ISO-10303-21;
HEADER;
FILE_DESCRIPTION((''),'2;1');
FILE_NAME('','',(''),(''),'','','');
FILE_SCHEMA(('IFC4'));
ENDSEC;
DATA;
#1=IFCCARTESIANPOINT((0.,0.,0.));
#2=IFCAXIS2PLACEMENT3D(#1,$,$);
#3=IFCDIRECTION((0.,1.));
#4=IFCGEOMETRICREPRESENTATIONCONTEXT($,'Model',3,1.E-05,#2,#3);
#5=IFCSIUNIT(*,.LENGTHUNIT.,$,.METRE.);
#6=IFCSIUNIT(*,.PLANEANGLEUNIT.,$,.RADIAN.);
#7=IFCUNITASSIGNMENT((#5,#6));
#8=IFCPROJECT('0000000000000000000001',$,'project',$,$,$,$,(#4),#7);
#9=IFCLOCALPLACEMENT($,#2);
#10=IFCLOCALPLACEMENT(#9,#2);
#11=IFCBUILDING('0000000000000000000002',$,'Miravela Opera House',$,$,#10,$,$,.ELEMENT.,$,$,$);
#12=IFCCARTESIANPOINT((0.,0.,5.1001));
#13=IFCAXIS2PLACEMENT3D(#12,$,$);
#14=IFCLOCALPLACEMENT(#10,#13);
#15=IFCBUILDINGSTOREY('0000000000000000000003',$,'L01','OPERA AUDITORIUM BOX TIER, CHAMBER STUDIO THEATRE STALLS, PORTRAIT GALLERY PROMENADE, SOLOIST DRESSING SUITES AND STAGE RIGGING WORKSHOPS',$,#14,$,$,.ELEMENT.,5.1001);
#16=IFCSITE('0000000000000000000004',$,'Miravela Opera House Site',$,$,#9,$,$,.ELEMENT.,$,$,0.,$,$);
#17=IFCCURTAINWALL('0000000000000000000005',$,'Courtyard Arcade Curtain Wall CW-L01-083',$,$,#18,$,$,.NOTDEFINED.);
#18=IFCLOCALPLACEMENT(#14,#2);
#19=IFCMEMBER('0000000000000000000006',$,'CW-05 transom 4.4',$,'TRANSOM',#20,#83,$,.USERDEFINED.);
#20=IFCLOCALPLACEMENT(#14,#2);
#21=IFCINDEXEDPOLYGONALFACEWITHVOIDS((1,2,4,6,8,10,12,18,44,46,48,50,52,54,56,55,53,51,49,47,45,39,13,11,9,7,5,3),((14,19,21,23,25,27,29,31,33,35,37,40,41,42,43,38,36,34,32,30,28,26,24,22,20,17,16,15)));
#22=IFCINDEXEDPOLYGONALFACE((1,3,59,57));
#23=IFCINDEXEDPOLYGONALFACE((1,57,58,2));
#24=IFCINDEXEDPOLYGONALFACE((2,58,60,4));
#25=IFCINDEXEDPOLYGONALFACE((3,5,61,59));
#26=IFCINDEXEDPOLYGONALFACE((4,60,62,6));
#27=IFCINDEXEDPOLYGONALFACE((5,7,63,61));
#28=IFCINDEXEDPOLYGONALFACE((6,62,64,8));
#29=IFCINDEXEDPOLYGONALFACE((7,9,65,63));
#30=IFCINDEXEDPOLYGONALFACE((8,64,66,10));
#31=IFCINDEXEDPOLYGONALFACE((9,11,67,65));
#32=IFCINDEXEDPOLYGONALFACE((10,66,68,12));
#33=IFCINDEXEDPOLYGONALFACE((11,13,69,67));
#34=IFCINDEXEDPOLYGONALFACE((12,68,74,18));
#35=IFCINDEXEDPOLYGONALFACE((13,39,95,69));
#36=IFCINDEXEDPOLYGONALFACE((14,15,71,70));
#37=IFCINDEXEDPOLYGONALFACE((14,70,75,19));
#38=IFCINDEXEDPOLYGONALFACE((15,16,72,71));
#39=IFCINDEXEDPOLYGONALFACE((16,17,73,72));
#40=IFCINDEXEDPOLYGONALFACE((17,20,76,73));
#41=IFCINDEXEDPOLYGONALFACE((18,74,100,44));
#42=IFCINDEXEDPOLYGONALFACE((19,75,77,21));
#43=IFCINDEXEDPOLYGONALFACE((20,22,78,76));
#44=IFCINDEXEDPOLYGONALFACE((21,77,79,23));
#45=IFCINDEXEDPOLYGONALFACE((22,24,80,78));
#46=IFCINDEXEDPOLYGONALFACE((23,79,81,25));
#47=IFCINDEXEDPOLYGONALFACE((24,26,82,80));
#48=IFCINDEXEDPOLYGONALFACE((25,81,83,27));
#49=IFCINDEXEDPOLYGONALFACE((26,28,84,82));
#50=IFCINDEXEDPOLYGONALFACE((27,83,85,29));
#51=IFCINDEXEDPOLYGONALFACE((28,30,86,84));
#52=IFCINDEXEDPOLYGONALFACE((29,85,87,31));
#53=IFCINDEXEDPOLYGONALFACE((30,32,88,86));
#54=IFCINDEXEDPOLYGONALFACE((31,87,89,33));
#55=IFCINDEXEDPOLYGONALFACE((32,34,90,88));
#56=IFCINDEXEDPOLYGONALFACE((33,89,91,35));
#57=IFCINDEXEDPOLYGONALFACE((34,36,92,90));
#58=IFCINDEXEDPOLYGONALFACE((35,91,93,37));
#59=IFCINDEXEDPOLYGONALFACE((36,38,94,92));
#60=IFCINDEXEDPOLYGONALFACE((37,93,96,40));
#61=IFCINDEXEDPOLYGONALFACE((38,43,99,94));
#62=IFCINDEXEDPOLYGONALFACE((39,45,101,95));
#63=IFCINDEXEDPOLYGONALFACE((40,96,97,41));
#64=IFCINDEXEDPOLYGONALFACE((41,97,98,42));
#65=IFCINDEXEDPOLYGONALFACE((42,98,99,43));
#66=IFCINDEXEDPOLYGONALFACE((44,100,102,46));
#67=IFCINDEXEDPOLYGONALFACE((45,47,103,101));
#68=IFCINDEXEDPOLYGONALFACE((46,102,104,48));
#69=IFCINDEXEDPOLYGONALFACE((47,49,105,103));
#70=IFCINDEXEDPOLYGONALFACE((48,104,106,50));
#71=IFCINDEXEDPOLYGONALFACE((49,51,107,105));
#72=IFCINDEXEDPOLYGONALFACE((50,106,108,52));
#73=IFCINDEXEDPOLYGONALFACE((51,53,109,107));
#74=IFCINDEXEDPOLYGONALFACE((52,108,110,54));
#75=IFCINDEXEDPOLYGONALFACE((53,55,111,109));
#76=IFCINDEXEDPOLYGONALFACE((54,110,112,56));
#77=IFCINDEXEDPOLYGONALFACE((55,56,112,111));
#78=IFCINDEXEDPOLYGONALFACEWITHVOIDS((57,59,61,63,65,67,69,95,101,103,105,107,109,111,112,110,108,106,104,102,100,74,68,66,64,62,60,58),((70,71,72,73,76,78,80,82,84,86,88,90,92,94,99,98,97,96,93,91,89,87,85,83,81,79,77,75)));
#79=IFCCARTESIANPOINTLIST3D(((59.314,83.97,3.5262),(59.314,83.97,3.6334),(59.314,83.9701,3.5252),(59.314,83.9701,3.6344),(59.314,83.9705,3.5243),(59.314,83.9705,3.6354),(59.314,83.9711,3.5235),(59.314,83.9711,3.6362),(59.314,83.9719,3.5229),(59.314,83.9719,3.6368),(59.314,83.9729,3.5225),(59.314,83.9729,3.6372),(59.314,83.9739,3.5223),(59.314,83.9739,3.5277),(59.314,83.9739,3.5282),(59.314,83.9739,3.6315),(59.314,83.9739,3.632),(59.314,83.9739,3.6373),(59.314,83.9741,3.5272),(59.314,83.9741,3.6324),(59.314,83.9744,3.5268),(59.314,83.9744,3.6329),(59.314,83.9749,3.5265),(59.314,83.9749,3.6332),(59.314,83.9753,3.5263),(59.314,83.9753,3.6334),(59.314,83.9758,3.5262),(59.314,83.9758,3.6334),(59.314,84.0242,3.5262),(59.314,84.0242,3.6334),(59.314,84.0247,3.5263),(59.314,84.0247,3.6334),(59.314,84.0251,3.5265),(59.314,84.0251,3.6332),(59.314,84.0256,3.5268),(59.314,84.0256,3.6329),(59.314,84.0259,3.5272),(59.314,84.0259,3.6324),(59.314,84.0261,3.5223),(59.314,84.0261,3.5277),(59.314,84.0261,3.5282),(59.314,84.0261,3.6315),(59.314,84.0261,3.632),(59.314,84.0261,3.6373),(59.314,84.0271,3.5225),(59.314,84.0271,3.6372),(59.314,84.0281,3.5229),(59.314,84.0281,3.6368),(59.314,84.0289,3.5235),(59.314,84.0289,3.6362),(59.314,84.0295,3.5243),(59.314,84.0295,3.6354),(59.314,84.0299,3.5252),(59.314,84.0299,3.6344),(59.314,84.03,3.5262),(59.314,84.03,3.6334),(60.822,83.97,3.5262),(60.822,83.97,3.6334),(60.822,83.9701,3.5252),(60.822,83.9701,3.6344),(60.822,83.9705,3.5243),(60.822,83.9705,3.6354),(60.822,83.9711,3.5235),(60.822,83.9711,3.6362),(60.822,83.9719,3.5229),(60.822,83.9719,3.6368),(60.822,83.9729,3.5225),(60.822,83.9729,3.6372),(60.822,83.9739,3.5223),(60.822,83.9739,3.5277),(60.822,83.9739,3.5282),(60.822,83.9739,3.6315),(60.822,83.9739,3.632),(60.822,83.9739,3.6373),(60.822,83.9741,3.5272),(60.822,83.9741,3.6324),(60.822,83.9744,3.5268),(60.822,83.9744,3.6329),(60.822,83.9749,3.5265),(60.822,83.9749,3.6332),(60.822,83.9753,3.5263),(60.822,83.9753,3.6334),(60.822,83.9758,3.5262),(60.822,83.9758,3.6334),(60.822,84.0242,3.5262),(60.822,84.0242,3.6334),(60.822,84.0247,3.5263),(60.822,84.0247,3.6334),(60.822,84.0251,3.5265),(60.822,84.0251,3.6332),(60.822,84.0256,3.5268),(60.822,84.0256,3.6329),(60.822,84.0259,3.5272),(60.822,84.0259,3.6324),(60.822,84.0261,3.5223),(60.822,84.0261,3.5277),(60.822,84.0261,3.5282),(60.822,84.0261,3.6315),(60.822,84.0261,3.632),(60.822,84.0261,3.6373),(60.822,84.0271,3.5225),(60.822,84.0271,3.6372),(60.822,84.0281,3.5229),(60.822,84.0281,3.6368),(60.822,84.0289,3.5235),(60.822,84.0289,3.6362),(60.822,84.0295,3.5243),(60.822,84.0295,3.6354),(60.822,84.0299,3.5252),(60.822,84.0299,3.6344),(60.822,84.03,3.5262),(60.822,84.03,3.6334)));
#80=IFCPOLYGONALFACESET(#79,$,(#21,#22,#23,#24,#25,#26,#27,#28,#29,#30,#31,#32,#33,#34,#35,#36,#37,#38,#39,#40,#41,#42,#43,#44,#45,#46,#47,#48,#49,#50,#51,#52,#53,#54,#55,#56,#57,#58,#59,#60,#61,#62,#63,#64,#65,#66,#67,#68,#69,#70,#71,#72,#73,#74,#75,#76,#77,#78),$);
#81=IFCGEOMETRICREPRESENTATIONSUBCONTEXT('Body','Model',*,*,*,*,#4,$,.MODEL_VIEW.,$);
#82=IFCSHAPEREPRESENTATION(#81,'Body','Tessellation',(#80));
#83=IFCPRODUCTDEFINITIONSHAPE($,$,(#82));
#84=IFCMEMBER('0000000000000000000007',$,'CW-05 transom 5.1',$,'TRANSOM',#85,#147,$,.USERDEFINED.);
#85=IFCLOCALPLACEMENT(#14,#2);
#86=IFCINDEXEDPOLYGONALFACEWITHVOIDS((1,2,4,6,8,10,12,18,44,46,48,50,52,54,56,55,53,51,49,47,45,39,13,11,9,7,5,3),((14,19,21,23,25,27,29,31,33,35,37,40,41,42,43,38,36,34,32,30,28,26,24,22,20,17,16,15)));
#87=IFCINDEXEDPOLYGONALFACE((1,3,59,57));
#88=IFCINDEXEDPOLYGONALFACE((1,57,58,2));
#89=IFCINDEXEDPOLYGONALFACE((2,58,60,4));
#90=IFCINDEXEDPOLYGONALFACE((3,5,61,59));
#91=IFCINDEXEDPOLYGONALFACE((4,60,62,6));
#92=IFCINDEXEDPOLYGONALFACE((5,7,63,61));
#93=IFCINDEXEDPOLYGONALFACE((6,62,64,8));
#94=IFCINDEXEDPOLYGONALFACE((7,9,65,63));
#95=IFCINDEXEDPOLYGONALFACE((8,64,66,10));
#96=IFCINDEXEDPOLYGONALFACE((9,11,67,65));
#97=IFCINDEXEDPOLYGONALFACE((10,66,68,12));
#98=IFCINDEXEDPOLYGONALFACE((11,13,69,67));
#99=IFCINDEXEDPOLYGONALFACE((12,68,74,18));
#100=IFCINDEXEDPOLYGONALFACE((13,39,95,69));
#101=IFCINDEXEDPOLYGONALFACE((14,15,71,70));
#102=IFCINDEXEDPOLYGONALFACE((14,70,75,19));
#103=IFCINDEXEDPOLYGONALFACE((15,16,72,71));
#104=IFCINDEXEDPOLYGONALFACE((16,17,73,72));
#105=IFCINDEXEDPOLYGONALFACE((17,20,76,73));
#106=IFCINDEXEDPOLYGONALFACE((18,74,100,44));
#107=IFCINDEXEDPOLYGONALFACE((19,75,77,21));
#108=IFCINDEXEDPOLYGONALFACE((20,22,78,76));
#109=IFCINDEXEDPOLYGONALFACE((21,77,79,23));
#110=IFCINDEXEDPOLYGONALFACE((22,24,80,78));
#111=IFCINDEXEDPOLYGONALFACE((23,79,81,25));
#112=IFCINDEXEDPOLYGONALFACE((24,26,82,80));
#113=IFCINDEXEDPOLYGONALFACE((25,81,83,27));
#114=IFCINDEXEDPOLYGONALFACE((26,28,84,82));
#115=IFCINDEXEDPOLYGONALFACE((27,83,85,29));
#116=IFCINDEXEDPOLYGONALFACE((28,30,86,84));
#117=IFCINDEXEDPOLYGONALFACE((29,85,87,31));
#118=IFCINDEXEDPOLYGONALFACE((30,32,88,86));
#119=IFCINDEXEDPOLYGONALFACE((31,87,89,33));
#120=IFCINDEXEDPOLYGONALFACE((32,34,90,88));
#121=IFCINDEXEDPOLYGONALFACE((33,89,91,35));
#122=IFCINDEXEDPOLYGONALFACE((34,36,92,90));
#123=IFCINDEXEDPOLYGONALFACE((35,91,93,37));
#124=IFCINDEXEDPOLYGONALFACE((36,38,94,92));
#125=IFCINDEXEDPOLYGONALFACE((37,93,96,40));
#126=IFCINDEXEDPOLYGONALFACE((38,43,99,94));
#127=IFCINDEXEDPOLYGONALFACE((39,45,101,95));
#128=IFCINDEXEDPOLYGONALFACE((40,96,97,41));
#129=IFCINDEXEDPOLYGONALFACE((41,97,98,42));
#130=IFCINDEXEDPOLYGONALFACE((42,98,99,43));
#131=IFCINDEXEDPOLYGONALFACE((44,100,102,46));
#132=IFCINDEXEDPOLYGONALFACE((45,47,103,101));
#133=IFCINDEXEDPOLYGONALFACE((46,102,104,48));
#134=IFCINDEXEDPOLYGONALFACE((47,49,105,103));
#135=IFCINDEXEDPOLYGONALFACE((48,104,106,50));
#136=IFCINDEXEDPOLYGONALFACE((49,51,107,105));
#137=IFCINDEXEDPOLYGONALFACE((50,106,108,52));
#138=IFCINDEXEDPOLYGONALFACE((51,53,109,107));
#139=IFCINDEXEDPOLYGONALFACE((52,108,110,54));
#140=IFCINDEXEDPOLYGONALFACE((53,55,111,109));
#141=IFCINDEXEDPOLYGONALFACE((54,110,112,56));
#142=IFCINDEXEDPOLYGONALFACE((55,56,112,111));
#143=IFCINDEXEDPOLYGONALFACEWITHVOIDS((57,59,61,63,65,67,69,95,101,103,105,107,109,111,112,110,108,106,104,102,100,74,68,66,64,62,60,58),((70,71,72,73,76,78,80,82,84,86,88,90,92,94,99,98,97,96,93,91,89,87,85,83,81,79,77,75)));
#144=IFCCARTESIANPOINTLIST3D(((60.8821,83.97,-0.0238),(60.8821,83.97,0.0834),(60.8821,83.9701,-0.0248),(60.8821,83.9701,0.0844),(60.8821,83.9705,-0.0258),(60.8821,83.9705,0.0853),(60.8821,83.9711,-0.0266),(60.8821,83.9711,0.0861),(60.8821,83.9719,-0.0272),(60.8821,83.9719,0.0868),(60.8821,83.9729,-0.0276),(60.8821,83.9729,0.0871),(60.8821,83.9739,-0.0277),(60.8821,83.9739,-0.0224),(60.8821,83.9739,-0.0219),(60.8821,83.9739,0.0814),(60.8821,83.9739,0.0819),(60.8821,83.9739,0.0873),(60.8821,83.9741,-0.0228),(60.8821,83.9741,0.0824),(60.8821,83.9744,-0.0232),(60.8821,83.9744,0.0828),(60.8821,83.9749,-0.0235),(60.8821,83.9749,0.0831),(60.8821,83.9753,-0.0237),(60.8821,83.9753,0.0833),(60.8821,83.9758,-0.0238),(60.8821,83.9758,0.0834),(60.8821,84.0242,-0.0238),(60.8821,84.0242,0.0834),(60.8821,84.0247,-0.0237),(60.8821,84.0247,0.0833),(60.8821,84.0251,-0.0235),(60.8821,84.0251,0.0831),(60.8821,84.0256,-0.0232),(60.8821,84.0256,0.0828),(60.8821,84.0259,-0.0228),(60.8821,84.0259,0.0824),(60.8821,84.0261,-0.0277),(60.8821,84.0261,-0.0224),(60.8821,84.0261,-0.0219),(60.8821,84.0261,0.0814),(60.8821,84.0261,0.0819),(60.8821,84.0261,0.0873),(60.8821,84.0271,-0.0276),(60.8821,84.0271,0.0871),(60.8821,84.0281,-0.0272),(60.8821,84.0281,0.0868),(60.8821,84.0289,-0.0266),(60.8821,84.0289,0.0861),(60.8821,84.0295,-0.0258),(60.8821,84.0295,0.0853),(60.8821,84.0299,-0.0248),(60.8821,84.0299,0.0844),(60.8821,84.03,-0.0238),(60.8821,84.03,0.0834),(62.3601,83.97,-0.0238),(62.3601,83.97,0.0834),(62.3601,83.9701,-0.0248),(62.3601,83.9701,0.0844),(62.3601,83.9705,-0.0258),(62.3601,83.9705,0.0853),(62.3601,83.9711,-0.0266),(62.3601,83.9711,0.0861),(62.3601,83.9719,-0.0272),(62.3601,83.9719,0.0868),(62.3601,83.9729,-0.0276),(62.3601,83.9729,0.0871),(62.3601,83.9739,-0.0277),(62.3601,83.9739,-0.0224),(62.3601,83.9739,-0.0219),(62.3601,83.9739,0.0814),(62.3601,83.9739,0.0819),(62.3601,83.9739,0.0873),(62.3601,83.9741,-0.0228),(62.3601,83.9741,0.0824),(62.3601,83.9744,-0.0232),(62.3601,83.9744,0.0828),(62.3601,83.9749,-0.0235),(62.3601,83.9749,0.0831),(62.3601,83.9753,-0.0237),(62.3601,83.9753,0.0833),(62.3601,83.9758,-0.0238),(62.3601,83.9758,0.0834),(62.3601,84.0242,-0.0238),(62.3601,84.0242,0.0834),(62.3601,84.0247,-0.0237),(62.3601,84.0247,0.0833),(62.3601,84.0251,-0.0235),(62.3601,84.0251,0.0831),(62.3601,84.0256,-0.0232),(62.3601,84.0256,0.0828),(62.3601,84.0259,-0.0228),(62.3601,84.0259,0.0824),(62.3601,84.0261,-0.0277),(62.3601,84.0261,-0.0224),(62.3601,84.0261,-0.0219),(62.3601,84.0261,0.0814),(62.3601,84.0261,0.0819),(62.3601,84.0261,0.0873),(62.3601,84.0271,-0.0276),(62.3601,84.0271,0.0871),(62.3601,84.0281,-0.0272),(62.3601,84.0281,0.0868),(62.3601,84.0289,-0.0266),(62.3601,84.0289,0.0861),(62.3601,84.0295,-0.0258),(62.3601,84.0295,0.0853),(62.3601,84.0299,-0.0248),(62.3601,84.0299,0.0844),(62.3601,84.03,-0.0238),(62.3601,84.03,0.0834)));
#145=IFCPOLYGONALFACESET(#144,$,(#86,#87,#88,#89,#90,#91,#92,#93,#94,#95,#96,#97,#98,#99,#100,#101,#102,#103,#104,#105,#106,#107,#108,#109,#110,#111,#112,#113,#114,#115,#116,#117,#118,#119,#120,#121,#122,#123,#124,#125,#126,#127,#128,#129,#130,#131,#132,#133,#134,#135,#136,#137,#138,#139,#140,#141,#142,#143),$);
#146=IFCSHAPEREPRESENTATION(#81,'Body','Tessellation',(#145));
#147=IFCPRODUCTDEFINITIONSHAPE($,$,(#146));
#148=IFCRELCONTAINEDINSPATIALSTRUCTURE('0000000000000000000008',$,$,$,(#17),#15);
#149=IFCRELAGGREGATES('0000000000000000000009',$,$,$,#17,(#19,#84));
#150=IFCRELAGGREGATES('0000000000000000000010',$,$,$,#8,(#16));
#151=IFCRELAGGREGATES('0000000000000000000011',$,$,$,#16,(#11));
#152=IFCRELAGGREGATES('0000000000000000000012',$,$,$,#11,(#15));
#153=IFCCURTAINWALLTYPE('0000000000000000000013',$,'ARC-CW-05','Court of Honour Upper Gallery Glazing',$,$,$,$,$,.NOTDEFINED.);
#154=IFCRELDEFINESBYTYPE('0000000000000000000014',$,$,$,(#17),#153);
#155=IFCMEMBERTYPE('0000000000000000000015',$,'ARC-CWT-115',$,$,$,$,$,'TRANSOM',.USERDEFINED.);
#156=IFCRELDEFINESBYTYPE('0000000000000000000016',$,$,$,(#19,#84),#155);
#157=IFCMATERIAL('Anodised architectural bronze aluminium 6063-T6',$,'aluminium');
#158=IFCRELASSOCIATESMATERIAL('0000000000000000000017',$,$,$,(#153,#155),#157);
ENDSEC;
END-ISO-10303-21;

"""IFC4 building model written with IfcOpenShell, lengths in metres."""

from ifc_helpers import new_model, si_unit, direction, frame, origin, origin_2d, place, context, subcontext, project, spatial, hollow_rectangle, extrude, material, material_profile, profile_set, type_object, element, aggregate, save


model = new_model("IFC4")

# Units and contexts
model_context = context("Model", 3, precision=1e-05, world=origin(), true_north=direction((0.0, 1.0)))
body_context = subcontext(model_context, "Body", "Model", "MODEL_VIEW")
ifc_project = project(units=[si_unit("LENGTHUNIT", "METRE"), si_unit("PLANEANGLEUNIT", "RADIAN")], contexts=[model_context])

# Site, building, storey
site_placement = place(None, origin())
site = spatial("IfcSite", under=ifc_project, at=site_placement, Name="Miravela Opera House Site", CompositionType="ELEMENT", RefElevation=0.0)
building_placement = place(site_placement, origin())
building = spatial("IfcBuilding", under=site, at=building_placement, Name="Miravela Opera House", CompositionType="ELEMENT")
storey_placement = place(building_placement, frame((0.0, 0.0, 5.1001)))
storey = spatial("IfcBuildingStorey", under=building, at=storey_placement, Name="L01", Description="OPERA AUDITORIUM BOX TIER, CHAMBER STUDIO THEATRE STALLS, PORTRAIT GALLERY PROMENADE, SOLOIST DRESSING SUITES AND STAGE RIGGING WORKSHOPS", CompositionType="ELEMENT", Elevation=5.1001)

# Curtain wall
ifc_material_1 = material(Name="Anodised architectural bronze aluminium 6063-T6", Category="aluminium")
curtain_wall_type = type_object("IfcCurtainWallType", Name="ARC-CW-05", Description="Court of Honour Upper Gallery Glazing", PredefinedType="NOTDEFINED", material=ifc_material_1)
curtain_wall_1_placement = place(storey_placement, origin())
curtain_wall_1 = element("IfcCurtainWall", 1, at=curtain_wall_1_placement, inside=storey, type_object=curtain_wall_type, Name="Courtyard Arcade Curtain Wall CW-L01-083", PredefinedType="NOTDEFINED")

# Members
ifc_material_profile_1 = material_profile(ifc_material_1, hollow_rectangle(XDim=0.0601, YDim=0.115, WallThickness=0.0039, InnerFilletRadius=0.002, OuterFilletRadius=0.0039, at=origin_2d()), Name="CWT-60X115")
ifc_profile_set_1 = profile_set([ifc_material_profile_1])
member_type_1 = type_object("IfcMemberType", Name="ARC-CWT-115", ElementType="TRANSOM", PredefinedType="USERDEFINED", material=ifc_profile_set_1)
member_1_placement = place(storey_placement, frame((59.314, 84.0, 3.5798), z_axis=(1.0, 0.0, 0.0), x_axis=(0.0, 1.0, 0.0)))
member_1 = element("IfcMember", 2, at=member_1_placement, type_object=member_type_1, Name="CW-05 transom 4.4", ObjectType="TRANSOM", PredefinedType="USERDEFINED", context=body_context, shape_type="SweptSolid", body=[
    extrude(hollow_rectangle(XDim=0.0601, YDim=0.115, WallThickness=0.0039, InnerFilletRadius=0.002, OuterFilletRadius=0.0039, at=origin_2d()), origin(), (0.0, 0.0, 1.0), 1.5081),
])
member_2_placement = place(storey_placement, frame((60.8821, 84.0, 0.0298), z_axis=(1.0, 0.0, 0.0), x_axis=(0.0, 1.0, 0.0)))
member_2 = element("IfcMember", 3, at=member_2_placement, type_object=member_type_1, Name="CW-05 transom 5.1", ObjectType="TRANSOM", PredefinedType="USERDEFINED", context=body_context, shape_type="SweptSolid", body=[
    extrude(hollow_rectangle(XDim=0.0601, YDim=0.115, WallThickness=0.0039, InnerFilletRadius=0.002, OuterFilletRadius=0.0039, at=origin_2d()), origin(), (0.0, 0.0, 1.0), 1.478),
])

aggregate(curtain_wall_1, [member_1, member_2])

save(model, "model.ifc")
